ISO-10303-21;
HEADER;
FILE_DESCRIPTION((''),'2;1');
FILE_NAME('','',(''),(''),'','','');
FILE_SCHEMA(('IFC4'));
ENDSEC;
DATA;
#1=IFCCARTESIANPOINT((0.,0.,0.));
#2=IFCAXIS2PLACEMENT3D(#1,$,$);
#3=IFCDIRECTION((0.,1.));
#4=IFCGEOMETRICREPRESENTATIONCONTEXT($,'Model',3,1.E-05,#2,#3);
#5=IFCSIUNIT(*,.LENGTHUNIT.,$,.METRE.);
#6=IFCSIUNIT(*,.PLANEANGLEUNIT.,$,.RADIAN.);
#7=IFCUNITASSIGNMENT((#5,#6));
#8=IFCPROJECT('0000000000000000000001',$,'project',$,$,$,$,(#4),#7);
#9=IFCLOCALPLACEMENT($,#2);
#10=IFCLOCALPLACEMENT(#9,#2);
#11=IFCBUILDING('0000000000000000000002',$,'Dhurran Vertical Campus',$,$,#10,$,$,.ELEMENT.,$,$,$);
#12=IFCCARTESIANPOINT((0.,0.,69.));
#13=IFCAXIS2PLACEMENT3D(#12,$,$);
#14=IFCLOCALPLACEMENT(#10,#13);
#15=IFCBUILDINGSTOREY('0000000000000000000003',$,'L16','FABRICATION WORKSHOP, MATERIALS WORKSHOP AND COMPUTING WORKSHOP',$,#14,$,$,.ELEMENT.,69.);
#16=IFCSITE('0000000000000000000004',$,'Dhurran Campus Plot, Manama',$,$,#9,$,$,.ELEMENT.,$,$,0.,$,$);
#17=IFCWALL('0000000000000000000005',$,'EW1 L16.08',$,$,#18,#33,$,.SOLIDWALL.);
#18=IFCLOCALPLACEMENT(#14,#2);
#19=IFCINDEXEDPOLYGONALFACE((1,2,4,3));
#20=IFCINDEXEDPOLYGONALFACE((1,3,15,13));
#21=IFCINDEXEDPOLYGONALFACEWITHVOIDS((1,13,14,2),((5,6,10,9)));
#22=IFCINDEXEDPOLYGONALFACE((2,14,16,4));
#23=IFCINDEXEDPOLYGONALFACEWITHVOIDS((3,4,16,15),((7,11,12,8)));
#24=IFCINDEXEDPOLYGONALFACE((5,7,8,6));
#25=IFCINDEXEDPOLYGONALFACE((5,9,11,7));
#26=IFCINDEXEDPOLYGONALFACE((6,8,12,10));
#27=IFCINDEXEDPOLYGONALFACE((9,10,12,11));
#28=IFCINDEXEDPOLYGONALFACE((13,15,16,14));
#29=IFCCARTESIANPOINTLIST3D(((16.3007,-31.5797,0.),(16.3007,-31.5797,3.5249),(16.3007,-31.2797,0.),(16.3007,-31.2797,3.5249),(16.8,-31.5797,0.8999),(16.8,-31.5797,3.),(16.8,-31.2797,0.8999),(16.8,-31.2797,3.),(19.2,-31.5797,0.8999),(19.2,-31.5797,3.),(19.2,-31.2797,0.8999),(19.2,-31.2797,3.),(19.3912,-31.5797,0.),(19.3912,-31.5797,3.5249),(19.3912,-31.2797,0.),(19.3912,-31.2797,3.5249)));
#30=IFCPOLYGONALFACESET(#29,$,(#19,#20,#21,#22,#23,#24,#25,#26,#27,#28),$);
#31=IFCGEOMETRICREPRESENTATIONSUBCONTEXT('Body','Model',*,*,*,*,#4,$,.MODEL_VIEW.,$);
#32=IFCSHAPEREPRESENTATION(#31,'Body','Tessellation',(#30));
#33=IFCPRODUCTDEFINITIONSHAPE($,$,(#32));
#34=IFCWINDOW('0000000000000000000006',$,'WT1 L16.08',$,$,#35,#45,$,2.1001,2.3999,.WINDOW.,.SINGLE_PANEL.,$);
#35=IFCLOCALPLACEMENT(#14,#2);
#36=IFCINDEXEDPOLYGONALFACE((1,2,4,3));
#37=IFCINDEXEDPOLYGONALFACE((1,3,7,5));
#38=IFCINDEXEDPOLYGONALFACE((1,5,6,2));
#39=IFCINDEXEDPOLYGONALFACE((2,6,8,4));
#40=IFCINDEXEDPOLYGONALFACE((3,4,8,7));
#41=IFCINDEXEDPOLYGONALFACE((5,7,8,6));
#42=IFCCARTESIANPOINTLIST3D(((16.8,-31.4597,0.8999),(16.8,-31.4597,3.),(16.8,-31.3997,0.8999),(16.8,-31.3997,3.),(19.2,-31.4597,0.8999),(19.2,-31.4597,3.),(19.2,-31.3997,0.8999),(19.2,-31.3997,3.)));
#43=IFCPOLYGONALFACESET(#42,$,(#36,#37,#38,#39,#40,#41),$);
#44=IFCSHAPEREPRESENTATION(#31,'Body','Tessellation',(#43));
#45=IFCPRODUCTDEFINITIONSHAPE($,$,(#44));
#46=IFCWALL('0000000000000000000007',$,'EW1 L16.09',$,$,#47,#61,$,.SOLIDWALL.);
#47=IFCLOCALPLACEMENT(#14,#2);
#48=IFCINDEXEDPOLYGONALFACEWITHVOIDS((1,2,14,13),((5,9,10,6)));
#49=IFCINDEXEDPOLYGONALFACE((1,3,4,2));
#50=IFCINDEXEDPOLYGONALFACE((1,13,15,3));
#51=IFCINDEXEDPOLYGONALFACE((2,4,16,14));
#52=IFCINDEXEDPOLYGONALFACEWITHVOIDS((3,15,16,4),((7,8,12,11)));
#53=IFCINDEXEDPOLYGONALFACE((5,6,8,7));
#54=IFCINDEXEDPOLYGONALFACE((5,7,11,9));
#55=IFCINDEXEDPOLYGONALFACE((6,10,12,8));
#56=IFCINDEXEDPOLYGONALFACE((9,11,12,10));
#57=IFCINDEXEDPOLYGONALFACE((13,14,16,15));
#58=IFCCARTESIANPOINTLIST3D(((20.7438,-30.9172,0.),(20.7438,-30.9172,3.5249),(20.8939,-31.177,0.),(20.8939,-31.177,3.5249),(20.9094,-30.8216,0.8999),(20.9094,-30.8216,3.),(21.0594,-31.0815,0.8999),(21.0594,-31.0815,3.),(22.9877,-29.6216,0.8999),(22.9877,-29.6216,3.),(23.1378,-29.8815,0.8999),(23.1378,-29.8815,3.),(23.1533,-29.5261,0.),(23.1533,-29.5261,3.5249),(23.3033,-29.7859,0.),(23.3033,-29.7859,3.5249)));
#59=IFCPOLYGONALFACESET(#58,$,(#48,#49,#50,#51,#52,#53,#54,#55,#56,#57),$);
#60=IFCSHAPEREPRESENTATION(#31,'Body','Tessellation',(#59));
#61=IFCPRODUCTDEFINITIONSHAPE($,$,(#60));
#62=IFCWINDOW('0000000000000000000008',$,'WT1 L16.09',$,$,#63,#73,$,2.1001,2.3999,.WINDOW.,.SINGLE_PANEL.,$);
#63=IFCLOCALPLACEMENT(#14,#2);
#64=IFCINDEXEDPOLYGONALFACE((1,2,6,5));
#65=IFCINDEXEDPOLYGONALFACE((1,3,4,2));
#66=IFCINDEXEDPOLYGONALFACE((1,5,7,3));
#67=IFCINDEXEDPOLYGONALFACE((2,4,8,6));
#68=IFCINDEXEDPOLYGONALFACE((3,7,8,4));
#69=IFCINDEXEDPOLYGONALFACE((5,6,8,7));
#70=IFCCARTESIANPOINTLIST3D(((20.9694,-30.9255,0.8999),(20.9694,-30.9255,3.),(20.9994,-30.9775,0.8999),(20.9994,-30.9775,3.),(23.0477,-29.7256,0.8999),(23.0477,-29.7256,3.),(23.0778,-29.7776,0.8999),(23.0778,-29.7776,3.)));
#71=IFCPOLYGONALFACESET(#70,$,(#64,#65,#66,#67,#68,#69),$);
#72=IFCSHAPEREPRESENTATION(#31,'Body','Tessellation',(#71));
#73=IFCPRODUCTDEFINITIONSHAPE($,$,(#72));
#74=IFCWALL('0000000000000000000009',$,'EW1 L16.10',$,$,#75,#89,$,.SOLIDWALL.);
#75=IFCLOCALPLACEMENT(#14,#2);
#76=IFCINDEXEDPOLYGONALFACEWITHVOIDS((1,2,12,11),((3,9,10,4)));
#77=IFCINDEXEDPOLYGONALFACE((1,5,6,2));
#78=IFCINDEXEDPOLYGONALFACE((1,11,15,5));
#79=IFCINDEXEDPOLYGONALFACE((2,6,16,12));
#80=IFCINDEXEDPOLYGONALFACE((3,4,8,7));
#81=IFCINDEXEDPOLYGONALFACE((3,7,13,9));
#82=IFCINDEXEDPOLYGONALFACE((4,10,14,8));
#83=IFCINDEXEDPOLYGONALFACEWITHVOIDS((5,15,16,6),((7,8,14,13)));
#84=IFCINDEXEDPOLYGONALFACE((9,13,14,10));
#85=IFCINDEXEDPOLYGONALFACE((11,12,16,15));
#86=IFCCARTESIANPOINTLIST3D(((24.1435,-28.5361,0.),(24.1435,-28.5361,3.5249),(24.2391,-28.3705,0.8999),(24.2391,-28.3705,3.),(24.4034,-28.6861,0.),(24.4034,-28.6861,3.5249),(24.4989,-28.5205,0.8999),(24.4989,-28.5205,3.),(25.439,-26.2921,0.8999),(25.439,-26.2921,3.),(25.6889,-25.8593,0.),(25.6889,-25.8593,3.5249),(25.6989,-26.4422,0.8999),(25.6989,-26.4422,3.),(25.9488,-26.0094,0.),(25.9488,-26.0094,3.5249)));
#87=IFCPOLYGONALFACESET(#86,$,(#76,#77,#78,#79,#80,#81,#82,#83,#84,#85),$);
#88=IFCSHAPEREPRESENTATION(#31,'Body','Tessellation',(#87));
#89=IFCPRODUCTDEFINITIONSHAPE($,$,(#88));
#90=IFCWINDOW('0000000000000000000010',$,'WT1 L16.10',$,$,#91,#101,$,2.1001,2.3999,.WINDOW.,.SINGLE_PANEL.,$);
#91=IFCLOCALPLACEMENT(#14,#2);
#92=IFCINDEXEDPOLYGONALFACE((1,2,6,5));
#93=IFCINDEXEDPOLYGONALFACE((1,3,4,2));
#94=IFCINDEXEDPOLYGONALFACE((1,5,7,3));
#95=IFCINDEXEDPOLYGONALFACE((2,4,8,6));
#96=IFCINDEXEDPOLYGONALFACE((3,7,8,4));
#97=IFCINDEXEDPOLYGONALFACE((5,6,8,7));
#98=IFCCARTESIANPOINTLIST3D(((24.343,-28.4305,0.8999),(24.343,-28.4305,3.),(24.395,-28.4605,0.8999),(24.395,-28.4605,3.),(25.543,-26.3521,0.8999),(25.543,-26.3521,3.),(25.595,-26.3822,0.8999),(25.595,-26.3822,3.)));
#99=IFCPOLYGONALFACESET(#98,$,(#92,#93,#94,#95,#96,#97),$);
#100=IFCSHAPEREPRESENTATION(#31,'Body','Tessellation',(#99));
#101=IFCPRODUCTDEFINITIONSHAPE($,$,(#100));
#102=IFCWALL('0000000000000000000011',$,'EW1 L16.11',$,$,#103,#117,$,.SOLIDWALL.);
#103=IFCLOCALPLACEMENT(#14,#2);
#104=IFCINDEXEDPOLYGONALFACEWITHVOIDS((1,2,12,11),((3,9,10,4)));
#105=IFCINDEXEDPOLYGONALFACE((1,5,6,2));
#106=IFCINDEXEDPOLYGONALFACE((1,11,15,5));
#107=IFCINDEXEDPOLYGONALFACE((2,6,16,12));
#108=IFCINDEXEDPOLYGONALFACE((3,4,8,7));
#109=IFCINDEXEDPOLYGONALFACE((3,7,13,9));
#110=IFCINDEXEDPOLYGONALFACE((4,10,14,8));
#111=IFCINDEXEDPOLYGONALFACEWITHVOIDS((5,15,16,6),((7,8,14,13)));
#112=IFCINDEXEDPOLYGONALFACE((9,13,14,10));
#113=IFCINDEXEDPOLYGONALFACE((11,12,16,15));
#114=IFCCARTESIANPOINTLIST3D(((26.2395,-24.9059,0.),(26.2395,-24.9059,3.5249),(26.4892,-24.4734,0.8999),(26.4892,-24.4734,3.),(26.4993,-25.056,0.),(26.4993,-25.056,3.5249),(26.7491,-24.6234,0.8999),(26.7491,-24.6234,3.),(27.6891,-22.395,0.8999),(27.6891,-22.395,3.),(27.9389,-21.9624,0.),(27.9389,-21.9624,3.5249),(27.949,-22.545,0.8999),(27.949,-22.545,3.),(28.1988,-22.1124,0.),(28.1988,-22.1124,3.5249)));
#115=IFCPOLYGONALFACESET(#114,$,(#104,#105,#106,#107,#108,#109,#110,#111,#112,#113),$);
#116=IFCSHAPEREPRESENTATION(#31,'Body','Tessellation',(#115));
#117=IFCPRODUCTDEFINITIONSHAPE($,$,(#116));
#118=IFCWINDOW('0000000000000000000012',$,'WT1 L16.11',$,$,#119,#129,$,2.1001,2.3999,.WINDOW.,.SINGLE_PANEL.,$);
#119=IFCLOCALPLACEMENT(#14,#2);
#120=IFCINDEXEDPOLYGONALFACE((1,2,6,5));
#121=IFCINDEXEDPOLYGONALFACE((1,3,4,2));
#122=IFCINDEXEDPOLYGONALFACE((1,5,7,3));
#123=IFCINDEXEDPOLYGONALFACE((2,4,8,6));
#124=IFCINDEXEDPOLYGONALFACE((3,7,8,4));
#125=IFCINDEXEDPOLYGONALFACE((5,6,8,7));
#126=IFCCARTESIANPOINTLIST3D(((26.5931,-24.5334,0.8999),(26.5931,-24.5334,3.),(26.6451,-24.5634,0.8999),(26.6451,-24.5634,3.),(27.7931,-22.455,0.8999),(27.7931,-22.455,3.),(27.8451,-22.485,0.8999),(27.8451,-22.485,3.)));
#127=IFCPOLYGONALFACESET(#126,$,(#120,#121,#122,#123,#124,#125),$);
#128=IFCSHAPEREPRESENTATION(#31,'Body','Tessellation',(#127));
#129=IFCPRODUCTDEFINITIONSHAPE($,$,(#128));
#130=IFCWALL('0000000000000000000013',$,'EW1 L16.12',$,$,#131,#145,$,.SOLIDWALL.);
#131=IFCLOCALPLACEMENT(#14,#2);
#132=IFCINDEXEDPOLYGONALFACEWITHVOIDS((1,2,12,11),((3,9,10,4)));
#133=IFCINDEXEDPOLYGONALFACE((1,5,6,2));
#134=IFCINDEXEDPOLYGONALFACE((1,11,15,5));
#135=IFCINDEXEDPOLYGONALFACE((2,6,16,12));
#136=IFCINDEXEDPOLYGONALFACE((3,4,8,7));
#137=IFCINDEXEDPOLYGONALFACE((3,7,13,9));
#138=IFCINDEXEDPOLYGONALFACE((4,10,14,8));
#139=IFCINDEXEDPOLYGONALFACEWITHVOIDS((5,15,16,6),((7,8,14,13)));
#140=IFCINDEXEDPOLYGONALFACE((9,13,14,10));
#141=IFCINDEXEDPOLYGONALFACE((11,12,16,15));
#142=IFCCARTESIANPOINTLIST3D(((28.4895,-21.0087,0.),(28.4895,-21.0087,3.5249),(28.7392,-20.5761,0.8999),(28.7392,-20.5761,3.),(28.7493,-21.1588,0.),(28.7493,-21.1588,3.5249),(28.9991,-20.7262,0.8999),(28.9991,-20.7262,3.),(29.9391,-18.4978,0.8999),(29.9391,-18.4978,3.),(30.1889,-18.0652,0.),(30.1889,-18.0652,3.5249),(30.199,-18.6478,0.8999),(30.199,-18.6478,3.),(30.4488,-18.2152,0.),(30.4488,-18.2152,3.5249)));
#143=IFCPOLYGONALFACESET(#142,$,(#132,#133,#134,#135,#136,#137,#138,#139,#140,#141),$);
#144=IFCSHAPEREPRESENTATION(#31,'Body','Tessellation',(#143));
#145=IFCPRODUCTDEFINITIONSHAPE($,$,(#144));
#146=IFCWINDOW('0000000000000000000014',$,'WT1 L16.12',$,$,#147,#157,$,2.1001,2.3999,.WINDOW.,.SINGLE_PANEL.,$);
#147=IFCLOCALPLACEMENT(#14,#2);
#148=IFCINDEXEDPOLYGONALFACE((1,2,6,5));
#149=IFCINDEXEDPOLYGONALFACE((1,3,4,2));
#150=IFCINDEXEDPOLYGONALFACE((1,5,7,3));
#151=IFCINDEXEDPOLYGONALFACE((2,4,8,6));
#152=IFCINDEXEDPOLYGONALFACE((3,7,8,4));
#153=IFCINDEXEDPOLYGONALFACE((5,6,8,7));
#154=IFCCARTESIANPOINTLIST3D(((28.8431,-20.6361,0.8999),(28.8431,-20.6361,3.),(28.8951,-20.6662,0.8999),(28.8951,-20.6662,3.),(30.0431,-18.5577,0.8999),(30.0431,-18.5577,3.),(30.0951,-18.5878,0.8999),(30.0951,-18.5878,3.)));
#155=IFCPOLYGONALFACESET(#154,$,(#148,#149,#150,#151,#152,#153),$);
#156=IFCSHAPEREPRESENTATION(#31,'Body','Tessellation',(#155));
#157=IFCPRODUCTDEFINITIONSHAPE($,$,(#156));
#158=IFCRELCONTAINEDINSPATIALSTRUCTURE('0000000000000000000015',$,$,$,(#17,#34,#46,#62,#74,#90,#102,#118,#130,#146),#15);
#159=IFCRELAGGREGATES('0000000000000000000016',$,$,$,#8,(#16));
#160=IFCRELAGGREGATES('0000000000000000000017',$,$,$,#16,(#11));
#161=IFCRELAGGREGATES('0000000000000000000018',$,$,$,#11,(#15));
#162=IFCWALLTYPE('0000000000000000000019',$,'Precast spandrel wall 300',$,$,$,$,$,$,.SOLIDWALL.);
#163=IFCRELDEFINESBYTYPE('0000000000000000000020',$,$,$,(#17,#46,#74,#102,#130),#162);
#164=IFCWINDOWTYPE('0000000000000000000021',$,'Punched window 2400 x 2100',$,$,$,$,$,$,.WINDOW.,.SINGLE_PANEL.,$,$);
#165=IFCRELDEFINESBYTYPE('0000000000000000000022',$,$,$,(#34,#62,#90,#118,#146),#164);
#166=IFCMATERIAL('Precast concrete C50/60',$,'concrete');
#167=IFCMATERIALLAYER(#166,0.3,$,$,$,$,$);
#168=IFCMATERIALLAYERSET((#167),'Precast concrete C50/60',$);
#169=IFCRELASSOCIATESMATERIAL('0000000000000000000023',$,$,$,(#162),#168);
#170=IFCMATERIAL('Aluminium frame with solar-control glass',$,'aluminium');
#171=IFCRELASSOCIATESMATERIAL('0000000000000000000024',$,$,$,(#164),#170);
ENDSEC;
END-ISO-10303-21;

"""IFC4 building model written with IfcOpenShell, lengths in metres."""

from ifc_helpers import new_model, si_unit, direction, frame, frame_2d, origin, place, context, subcontext, project, spatial, rectangle, extrude, material, layer, layer_set, type_object, element, fill, save


model = new_model("IFC4")

# Units and contexts
model_context = context("Model", 3, precision=1e-05, world=origin(), true_north=direction((0.0, 1.0)))
body_context = subcontext(model_context, "Body", "Model", "MODEL_VIEW")
ifc_project = project(units=[si_unit("LENGTHUNIT", "METRE"), si_unit("PLANEANGLEUNIT", "RADIAN")], contexts=[model_context])

# Site, building, storey
site_placement = place(None, origin())
site = spatial("IfcSite", under=ifc_project, at=site_placement, Name="Dhurran Campus Plot, Manama", CompositionType="ELEMENT", RefElevation=0.0)
building_placement = place(site_placement, origin())
building = spatial("IfcBuilding", under=site, at=building_placement, Name="Dhurran Vertical Campus", CompositionType="ELEMENT")
storey_placement = place(building_placement, frame((0.0, 0.0, 69.0)))
storey = spatial("IfcBuildingStorey", under=building, at=storey_placement, Name="L16", Description="FABRICATION WORKSHOP, MATERIALS WORKSHOP AND COMPUTING WORKSHOP", CompositionType="ELEMENT", Elevation=69.0)

# Walls, openings, windows
ifc_material_1 = material(Name="Precast concrete C50/60", Category="concrete")
ifc_layer_1 = layer(ifc_material_1, 0.3)
ifc_layer_set_1 = layer_set([ifc_layer_1], Name="Precast concrete C50/60")
wall_type_1 = type_object("IfcWallType", Name="Precast spandrel wall 300", PredefinedType="SOLIDWALL", material=ifc_layer_set_1)
wall_1_placement = place(storey_placement, frame((16.3005, -31.4297, 0.0), z_axis=(0.0, 0.0, 1.0), x_axis=(1.0, 0.0, 0.0)))
wall_1 = element("IfcWall", 1, at=wall_1_placement, inside=storey, type_object=wall_type_1, Name="EW1 L16.08", PredefinedType="SOLIDWALL", context=body_context, shape_type="SweptSolid", body=[
    extrude(rectangle(XDim=3.0906, YDim=0.3, at=frame_2d((1.5454, 0.0))), origin(), (0.0, 0.0, 1.0), 3.5249),
])
opening_1_placement = place(wall_1_placement, frame((0.4995, 0.0, 0.8999)))
opening_1 = element("IfcOpeningElement", 2, at=opening_1_placement, cuts=wall_1, PredefinedType="OPENING", context=body_context, shape_type="SweptSolid", body=[
    extrude(rectangle(XDim=2.3999, YDim=2.1001, at=frame_2d((1.2, 1.05))), frame((0.0, 0.1599, 0.0), z_axis=(0.0, -1.0, 0.0), x_axis=(1.0, 0.0, 0.0)), (0.0, 0.0, 1.0), 0.3201),
])
ifc_material_2 = material(Name="Aluminium frame with solar-control glass", Category="aluminium")
window_type = type_object("IfcWindowType", Name="Punched window 2400 x 2100", PartitioningType="SINGLE_PANEL", PredefinedType="WINDOW", material=ifc_material_2)
window_1_placement = place(opening_1_placement, origin())
window_1 = element("IfcWindow", 3, at=window_1_placement, inside=storey, type_object=window_type, Name="WT1 L16.08", OverallHeight=2.1001, OverallWidth=2.3999, PartitioningType="SINGLE_PANEL", PredefinedType="WINDOW", context=body_context, shape_type="SweptSolid", body=[
    extrude(rectangle(XDim=2.3999, YDim=2.1001, at=frame_2d((1.2, 1.05))), frame((0.0, 0.03, 0.0), z_axis=(0.0, -1.0, 0.0), x_axis=(1.0, 0.0, 0.0)), (0.0, 0.0, 1.0), 0.0601),
])
fill(opening_1, window_1)
wall_2_placement = place(storey_placement, frame((20.8188, -31.0471, 0.0), z_axis=(0.0, 0.0, 1.0), x_axis=(0.86602, 0.500009, 0.0)))
wall_2 = element("IfcWall", 4, at=wall_2_placement, inside=storey, type_object=wall_type_1, Name="EW1 L16.09", PredefinedType="SOLIDWALL", context=body_context, shape_type="SweptSolid", body=[
    extrude(rectangle(XDim=2.7822, YDim=0.3, at=frame_2d((1.3911, 0.0))), origin(), (0.0, 0.0, 1.0), 3.5249),
])
opening_2_placement = place(wall_2_placement, frame((0.1912, 0.0, 0.8999)))
opening_2 = element("IfcOpeningElement", 5, at=opening_2_placement, cuts=wall_2, PredefinedType="OPENING", context=body_context, shape_type="SweptSolid", body=[
    extrude(rectangle(XDim=2.3999, YDim=2.1001, at=frame_2d((1.2, 1.05))), frame((0.0, 0.1599, 0.0), z_axis=(0.0, -1.0, 0.0), x_axis=(1.0, 0.0, 0.0)), (0.0, 0.0, 1.0), 0.3201),
])
window_2_placement = place(opening_2_placement, origin())
window_2 = element("IfcWindow", 6, at=window_2_placement, inside=storey, type_object=window_type, Name="WT1 L16.09", OverallHeight=2.1001, OverallWidth=2.3999, PartitioningType="SINGLE_PANEL", PredefinedType="WINDOW", context=body_context, shape_type="SweptSolid", body=[
    extrude(rectangle(XDim=2.3999, YDim=2.1001, at=frame_2d((1.2, 1.05))), frame((0.0, 0.03, 0.0), z_axis=(0.0, -1.0, 0.0), x_axis=(1.0, 0.0, 0.0)), (0.0, 0.0, 1.0), 0.0601),
])
fill(opening_2, window_2)
wall_3_placement = place(storey_placement, frame((24.2734, -28.6111, 0.0), z_axis=(0.0, 0.0, 1.0), x_axis=(0.499996, 0.866028, 0.0)))
wall_3 = element("IfcWall", 7, at=wall_3_placement, inside=storey, type_object=wall_type_1, Name="EW1 L16.10", PredefinedType="SOLIDWALL", context=body_context, shape_type="SweptSolid", body=[
    extrude(rectangle(XDim=3.0908, YDim=0.3, at=frame_2d((1.5454, 0.0))), origin(), (0.0, 0.0, 1.0), 3.5249),
])
opening_3_placement = place(wall_3_placement, frame((0.1912, 0.0, 0.8999)))
opening_3 = element("IfcOpeningElement", 8, at=opening_3_placement, cuts=wall_3, PredefinedType="OPENING", context=body_context, shape_type="SweptSolid", body=[
    extrude(rectangle(XDim=2.3999, YDim=2.1001, at=frame_2d((1.2, 1.05))), frame((0.0, 0.1599, 0.0), z_axis=(0.0, -1.0, 0.0), x_axis=(1.0, 0.0, 0.0)), (0.0, 0.0, 1.0), 0.3201),
])
window_3_placement = place(opening_3_placement, origin())
window_3 = element("IfcWindow", 9, at=window_3_placement, inside=storey, type_object=window_type, Name="WT1 L16.10", OverallHeight=2.1001, OverallWidth=2.3999, PartitioningType="SINGLE_PANEL", PredefinedType="WINDOW", context=body_context, shape_type="SweptSolid", body=[
    extrude(rectangle(XDim=2.3999, YDim=2.1001, at=frame_2d((1.2, 1.05))), frame((0.0, 0.03, 0.0), z_axis=(0.0, -1.0, 0.0), x_axis=(1.0, 0.0, 0.0)), (0.0, 0.0, 1.0), 0.0601),
])
fill(opening_3, window_3)
wall_4_placement = place(storey_placement, frame((26.3694, -24.981, 0.0), z_axis=(0.0, 0.0, 1.0), x_axis=(0.499994, 0.866029, 0.0)))
wall_4 = element("IfcWall", 10, at=wall_4_placement, inside=storey, type_object=wall_type_1, Name="EW1 L16.11", PredefinedType="SOLIDWALL", context=body_context, shape_type="SweptSolid", body=[
    extrude(rectangle(XDim=3.3989, YDim=0.3, at=frame_2d((1.6995, 0.0))), origin(), (0.0, 0.0, 1.0), 3.5249),
])
opening_4_placement = place(wall_4_placement, frame((0.4995, 0.0, 0.8999)))
opening_4 = element("IfcOpeningElement", 11, at=opening_4_placement, cuts=wall_4, PredefinedType="OPENING", context=body_context, shape_type="SweptSolid", body=[
    extrude(rectangle(XDim=2.3999, YDim=2.1001, at=frame_2d((1.2, 1.05))), frame((0.0, 0.1599, 0.0), z_axis=(0.0, -1.0, 0.0), x_axis=(1.0, 0.0, 0.0)), (0.0, 0.0, 1.0), 0.3201),
])
window_4_placement = place(opening_4_placement, origin())
window_4 = element("IfcWindow", 12, at=window_4_placement, inside=storey, type_object=window_type, Name="WT1 L16.11", OverallHeight=2.1001, OverallWidth=2.3999, PartitioningType="SINGLE_PANEL", PredefinedType="WINDOW", context=body_context, shape_type="SweptSolid", body=[
    extrude(rectangle(XDim=2.3999, YDim=2.1001, at=frame_2d((1.2, 1.05))), frame((0.0, 0.03, 0.0), z_axis=(0.0, -1.0, 0.0), x_axis=(1.0, 0.0, 0.0)), (0.0, 0.0, 1.0), 0.0601),
])
fill(opening_4, window_4)
wall_5_placement = place(storey_placement, frame((28.6194, -21.0837, 0.0), z_axis=(0.0, 0.0, 1.0), x_axis=(0.499994, 0.866029, 0.0)))
wall_5 = element("IfcWall", 13, at=wall_5_placement, inside=storey, type_object=wall_type_1, Name="EW1 L16.12", PredefinedType="SOLIDWALL", context=body_context, shape_type="SweptSolid", body=[
    extrude(rectangle(XDim=3.3989, YDim=0.3, at=frame_2d((1.6995, 0.0))), origin(), (0.0, 0.0, 1.0), 3.5249),
])
opening_5_placement = place(wall_5_placement, frame((0.4995, 0.0, 0.8999)))
opening_5 = element("IfcOpeningElement", 14, at=opening_5_placement, cuts=wall_5, PredefinedType="OPENING", context=body_context, shape_type="SweptSolid", body=[
    extrude(rectangle(XDim=2.3999, YDim=2.1001, at=frame_2d((1.2, 1.05))), frame((0.0, 0.1599, 0.0), z_axis=(0.0, -1.0, 0.0), x_axis=(1.0, 0.0, 0.0)), (0.0, 0.0, 1.0), 0.3201),
])
window_5_placement = place(opening_5_placement, origin())
window_5 = element("IfcWindow", 15, at=window_5_placement, inside=storey, type_object=window_type, Name="WT1 L16.12", OverallHeight=2.1001, OverallWidth=2.3999, PartitioningType="SINGLE_PANEL", PredefinedType="WINDOW", context=body_context, shape_type="SweptSolid", body=[
    extrude(rectangle(XDim=2.3999, YDim=2.1001, at=frame_2d((1.2, 1.05))), frame((0.0, 0.03, 0.0), z_axis=(0.0, -1.0, 0.0), x_axis=(1.0, 0.0, 0.0)), (0.0, 0.0, 1.0), 0.0601),
])
fill(opening_5, window_5)

save(model, "model.ifc")
